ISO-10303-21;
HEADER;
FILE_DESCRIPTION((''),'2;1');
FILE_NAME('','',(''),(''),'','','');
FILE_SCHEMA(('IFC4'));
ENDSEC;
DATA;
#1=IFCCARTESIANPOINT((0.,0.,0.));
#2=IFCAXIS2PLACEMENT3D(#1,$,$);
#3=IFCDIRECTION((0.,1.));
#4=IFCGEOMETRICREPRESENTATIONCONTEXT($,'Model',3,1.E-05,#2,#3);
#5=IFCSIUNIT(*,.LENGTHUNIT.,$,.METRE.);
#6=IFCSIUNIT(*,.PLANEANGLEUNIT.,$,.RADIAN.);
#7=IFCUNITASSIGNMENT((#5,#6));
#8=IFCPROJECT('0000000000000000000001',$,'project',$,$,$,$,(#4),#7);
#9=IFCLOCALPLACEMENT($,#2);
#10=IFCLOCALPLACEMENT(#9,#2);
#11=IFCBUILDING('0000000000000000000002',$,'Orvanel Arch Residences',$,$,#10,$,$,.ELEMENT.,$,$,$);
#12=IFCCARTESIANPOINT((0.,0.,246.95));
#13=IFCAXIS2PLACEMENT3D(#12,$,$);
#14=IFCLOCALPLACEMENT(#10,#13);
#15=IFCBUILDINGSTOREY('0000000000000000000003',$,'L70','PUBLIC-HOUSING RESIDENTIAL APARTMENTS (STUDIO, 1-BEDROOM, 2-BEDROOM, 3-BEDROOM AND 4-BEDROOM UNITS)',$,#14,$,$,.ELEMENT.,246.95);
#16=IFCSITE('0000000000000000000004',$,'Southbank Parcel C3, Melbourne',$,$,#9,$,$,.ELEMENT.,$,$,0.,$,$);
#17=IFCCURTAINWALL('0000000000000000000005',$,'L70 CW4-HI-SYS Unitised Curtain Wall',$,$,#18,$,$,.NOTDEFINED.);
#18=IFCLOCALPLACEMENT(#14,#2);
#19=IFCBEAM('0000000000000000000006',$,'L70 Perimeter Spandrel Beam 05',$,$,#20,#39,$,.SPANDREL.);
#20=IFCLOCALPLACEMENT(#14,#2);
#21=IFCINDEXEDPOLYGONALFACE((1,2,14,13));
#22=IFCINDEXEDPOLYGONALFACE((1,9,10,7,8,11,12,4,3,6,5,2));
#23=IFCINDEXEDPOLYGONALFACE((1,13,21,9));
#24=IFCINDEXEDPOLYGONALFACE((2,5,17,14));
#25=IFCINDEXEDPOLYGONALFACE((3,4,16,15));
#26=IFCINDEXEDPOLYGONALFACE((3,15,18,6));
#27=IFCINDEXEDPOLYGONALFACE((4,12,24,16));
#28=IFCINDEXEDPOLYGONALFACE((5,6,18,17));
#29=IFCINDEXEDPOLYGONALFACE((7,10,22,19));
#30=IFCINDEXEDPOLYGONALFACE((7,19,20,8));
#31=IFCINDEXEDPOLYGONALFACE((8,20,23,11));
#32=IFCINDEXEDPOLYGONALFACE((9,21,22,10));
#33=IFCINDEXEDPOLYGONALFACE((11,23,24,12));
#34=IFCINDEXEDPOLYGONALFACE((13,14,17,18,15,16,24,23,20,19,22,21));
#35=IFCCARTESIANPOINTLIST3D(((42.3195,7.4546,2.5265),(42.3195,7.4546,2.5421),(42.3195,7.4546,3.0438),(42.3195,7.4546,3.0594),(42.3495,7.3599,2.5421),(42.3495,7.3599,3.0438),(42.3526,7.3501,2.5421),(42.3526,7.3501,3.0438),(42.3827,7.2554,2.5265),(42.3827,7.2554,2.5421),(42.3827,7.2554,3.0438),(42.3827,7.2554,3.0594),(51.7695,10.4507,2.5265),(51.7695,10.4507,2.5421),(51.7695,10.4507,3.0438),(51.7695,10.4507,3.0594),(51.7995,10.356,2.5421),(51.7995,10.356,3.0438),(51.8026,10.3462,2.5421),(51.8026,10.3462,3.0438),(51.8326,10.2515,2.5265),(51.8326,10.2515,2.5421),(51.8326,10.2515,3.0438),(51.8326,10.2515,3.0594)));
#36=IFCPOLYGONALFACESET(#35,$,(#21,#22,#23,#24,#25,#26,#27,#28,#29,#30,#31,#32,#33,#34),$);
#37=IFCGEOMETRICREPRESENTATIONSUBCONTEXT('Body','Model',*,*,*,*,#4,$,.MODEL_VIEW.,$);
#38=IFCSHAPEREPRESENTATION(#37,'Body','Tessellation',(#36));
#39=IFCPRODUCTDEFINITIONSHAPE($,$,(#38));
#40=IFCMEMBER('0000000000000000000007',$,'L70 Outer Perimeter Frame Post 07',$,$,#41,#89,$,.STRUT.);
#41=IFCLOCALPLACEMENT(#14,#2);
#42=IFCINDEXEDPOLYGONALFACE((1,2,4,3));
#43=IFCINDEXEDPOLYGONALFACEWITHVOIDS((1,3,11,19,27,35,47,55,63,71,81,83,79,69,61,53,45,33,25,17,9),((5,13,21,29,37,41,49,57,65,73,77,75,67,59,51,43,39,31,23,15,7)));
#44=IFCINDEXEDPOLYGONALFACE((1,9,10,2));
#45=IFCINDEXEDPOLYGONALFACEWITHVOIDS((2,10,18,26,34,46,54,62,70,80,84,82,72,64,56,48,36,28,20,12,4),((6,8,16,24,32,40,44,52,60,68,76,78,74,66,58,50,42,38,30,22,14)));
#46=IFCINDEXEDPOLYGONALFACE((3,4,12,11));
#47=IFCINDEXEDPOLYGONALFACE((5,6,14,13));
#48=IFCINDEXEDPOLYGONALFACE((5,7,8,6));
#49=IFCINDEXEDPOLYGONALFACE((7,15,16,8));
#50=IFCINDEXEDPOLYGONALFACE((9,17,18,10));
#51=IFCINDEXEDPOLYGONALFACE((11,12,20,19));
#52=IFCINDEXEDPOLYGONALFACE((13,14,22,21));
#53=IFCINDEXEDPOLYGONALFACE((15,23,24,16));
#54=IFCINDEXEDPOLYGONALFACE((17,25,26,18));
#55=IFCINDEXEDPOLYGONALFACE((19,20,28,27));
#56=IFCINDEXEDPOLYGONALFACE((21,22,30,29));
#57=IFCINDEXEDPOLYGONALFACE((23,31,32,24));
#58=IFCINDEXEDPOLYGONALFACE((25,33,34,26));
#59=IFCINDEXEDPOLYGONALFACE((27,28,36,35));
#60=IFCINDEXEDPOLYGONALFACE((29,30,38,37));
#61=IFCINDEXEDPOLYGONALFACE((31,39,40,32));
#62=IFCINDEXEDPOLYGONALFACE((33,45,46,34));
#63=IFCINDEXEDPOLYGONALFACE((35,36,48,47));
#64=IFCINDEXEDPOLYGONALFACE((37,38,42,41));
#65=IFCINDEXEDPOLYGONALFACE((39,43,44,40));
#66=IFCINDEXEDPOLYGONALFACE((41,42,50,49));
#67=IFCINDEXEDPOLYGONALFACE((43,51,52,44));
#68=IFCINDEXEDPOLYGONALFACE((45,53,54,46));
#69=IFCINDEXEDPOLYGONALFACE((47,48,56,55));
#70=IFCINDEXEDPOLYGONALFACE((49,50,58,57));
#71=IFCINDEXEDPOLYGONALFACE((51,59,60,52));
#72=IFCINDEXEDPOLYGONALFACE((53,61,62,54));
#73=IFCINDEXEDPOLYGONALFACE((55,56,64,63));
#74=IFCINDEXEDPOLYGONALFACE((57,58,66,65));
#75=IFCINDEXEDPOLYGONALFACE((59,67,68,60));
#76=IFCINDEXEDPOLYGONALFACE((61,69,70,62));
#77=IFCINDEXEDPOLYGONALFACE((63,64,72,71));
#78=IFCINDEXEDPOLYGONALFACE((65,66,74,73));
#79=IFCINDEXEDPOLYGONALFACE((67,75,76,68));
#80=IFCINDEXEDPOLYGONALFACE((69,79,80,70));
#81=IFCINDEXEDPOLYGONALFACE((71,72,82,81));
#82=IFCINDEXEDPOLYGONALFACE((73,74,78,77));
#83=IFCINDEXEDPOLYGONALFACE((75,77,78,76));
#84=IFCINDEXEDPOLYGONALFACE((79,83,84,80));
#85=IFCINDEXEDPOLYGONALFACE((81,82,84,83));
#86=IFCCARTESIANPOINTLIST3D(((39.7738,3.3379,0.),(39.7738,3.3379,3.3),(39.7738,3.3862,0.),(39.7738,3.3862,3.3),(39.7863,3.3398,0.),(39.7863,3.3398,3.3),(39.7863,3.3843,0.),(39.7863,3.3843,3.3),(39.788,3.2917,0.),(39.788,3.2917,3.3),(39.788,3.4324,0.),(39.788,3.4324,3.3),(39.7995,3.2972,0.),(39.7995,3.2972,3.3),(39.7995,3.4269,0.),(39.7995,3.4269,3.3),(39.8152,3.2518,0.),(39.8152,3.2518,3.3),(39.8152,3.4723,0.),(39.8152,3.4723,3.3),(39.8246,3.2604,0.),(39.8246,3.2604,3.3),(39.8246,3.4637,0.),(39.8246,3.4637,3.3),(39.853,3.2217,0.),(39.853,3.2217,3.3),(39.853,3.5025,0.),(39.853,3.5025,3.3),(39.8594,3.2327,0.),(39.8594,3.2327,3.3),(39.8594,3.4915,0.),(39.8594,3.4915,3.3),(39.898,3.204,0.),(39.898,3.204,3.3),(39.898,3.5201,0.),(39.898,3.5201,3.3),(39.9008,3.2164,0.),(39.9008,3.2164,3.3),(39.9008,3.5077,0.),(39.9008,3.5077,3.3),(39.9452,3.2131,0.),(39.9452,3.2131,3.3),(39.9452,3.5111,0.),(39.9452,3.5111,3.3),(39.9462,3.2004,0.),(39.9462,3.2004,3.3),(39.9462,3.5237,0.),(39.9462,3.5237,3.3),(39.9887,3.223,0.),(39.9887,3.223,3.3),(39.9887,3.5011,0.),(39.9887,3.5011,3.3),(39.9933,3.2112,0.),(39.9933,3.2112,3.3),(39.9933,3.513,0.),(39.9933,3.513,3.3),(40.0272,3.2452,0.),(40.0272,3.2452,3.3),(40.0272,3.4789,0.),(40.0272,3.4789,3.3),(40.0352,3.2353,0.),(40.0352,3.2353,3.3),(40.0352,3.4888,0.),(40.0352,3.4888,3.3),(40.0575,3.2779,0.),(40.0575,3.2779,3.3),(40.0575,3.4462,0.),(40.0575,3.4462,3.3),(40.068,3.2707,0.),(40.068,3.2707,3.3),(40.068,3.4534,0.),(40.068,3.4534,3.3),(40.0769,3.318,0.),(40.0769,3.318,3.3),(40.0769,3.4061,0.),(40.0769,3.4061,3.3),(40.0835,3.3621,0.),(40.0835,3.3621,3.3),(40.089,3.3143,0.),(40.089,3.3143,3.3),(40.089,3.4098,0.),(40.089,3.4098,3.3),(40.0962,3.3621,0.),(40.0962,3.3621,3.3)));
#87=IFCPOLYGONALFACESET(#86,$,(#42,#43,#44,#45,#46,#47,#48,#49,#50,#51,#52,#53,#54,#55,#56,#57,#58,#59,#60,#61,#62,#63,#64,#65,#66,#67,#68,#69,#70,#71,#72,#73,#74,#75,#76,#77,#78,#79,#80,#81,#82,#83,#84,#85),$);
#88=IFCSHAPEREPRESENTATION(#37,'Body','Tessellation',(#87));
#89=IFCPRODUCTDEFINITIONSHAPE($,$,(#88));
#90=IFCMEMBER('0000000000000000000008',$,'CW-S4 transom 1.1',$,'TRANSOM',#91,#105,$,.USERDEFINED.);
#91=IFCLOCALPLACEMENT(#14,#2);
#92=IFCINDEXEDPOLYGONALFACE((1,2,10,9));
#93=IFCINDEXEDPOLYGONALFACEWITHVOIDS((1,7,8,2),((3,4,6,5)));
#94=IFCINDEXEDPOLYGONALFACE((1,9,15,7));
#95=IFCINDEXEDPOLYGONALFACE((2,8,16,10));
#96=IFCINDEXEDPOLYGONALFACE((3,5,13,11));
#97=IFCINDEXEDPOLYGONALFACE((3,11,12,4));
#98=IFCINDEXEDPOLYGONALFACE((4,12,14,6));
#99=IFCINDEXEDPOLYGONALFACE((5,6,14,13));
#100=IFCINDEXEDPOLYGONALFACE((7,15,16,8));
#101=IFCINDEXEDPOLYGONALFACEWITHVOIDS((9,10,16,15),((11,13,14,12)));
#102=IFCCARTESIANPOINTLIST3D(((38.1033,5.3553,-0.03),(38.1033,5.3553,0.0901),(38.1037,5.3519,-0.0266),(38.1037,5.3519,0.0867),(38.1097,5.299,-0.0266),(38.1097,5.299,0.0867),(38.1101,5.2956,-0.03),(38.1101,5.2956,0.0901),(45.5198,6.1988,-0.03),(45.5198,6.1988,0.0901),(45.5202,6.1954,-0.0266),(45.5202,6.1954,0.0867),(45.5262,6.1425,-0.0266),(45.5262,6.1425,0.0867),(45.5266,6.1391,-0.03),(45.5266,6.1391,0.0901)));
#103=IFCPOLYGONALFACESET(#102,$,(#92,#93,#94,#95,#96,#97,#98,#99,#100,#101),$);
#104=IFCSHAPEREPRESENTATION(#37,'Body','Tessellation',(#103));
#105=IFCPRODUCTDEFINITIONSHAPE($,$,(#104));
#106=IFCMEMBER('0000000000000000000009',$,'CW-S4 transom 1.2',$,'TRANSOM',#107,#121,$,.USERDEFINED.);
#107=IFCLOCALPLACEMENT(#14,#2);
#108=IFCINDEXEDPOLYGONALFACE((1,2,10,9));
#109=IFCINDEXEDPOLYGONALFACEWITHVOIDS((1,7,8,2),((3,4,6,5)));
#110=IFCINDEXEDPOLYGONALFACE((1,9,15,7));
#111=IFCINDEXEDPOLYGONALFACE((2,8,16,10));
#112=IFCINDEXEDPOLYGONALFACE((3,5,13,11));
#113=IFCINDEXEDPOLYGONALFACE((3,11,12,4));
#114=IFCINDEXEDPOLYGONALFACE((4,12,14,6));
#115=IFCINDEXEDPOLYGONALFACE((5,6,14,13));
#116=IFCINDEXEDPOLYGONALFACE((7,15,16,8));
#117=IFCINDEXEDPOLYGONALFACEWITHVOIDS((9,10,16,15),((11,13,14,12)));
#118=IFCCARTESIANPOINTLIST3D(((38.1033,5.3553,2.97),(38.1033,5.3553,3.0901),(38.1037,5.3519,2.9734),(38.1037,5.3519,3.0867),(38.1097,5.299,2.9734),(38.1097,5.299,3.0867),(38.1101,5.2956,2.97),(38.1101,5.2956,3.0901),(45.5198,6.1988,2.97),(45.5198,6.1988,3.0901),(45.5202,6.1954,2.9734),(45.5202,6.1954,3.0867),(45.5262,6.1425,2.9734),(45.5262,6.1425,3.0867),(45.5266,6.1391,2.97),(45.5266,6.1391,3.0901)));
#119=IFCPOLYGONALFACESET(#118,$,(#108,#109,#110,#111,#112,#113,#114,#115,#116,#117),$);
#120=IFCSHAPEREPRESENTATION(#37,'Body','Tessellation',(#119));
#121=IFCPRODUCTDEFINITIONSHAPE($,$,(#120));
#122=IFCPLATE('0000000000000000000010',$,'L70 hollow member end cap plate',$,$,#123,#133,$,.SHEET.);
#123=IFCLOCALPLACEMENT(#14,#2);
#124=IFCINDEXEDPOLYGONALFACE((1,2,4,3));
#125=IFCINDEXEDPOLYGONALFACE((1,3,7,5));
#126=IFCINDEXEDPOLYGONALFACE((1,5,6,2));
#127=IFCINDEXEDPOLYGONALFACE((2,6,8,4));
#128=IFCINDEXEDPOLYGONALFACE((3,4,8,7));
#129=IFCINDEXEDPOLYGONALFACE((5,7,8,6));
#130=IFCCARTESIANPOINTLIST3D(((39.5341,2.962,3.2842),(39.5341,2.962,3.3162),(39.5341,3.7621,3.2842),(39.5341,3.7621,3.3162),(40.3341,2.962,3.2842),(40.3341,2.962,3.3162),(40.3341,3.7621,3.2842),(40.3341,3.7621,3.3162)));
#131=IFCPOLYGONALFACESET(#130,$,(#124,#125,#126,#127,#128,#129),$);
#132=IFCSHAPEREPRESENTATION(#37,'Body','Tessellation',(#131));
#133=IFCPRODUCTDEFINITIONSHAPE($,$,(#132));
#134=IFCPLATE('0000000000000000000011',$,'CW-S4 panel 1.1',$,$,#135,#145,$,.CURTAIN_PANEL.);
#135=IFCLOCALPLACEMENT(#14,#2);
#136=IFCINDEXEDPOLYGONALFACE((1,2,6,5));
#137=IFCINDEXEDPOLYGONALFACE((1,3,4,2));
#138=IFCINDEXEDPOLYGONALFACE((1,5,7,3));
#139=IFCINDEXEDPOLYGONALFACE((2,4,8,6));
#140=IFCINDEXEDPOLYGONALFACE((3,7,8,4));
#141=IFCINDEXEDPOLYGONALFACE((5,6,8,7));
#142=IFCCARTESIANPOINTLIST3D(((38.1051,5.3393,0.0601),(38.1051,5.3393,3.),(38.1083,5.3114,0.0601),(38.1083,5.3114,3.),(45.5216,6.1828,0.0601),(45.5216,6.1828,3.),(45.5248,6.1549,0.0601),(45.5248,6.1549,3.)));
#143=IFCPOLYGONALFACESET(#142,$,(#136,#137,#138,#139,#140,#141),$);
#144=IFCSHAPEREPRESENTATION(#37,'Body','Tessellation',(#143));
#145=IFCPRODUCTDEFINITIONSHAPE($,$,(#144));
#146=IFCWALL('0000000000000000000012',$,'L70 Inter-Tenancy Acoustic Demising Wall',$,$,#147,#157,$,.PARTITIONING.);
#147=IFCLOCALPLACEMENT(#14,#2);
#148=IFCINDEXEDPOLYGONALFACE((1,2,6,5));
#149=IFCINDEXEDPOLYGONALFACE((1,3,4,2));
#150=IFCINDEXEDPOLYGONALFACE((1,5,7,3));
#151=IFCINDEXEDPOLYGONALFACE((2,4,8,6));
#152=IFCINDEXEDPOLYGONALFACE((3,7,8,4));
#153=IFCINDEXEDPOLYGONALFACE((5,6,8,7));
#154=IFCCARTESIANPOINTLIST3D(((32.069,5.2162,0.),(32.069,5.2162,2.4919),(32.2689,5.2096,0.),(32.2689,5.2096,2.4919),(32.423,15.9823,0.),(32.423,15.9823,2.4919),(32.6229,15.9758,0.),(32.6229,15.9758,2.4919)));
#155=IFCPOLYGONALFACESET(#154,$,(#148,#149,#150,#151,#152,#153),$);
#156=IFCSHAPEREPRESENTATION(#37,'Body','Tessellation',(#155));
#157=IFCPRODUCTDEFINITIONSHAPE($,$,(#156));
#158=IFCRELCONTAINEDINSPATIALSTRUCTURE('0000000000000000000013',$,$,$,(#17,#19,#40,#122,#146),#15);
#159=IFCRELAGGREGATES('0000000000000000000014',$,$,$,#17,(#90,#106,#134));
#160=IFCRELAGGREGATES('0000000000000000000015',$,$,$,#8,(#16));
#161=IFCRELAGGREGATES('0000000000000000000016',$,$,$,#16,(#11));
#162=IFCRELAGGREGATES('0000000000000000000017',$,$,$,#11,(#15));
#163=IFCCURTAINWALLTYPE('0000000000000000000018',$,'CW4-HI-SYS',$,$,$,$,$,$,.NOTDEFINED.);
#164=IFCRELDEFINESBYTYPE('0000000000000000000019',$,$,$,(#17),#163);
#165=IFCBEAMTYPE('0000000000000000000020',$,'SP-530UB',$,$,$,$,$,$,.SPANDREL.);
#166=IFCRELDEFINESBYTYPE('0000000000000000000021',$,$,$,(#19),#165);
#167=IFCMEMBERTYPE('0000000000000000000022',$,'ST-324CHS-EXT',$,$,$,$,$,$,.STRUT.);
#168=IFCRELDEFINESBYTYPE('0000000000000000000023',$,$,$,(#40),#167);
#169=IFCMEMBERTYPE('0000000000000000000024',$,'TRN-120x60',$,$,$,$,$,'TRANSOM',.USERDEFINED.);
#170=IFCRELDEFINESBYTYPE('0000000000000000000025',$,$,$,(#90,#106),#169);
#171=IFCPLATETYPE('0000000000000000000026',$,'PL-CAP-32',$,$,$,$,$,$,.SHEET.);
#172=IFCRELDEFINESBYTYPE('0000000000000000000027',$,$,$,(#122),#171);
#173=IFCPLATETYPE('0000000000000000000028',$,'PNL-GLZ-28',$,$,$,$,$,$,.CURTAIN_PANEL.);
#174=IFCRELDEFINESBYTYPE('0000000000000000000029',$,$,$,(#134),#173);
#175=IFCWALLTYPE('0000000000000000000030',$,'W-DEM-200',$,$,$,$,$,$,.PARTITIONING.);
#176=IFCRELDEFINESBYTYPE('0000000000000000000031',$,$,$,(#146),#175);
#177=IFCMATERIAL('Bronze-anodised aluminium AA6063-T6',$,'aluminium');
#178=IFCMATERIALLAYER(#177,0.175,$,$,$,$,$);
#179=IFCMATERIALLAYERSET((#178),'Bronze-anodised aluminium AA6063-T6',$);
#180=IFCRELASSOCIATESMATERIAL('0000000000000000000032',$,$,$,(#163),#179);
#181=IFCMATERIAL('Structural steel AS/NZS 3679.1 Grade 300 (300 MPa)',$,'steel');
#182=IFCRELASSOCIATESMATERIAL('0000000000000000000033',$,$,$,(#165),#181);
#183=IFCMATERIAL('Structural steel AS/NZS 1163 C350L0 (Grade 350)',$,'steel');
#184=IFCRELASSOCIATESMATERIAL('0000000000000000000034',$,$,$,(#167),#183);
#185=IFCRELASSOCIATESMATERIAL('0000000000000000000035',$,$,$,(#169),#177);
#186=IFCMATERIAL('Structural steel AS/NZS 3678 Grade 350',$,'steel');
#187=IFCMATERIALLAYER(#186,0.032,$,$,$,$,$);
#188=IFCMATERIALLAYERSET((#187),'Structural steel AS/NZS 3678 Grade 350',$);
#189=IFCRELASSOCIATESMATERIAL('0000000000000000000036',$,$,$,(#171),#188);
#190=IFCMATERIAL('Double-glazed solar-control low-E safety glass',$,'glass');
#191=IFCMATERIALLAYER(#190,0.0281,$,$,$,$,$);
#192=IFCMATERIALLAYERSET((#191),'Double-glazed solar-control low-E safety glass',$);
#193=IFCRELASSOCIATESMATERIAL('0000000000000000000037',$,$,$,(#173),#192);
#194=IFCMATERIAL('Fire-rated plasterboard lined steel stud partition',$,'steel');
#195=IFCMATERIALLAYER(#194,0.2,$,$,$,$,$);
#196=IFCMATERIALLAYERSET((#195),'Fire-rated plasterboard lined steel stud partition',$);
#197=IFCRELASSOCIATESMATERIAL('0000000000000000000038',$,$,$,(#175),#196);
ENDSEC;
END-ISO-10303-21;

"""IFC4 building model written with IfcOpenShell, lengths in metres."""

from ifc_helpers import new_model, si_unit, direction, frame, frame_2d, origin, origin_2d, place, context, subcontext, project, spatial, rectangle, hollow_rectangle, hollow_circle, i_section, extrude, material, layer, layer_set, material_profile, profile_set, type_object, element, aggregate, save


model = new_model("IFC4")

# Units and contexts
model_context = context("Model", 3, precision=1e-05, world=origin(), true_north=direction((0.0, 1.0)))
body_context = subcontext(model_context, "Body", "Model", "MODEL_VIEW")
ifc_project = project(units=[si_unit("LENGTHUNIT", "METRE"), si_unit("PLANEANGLEUNIT", "RADIAN")], contexts=[model_context])

# Site, building, storey
site_placement = place(None, origin())
site = spatial("IfcSite", under=ifc_project, at=site_placement, Name="Southbank Parcel C3, Melbourne", CompositionType="ELEMENT", RefElevation=0.0)
building_placement = place(site_placement, origin())
building = spatial("IfcBuilding", under=site, at=building_placement, Name="Orvanel Arch Residences", CompositionType="ELEMENT")
storey_placement = place(building_placement, frame((0.0, 0.0, 246.95)))
storey = spatial("IfcBuildingStorey", under=building, at=storey_placement, Name="L70", Description="PUBLIC-HOUSING RESIDENTIAL APARTMENTS (STUDIO, 1-BEDROOM, 2-BEDROOM, 3-BEDROOM AND 4-BEDROOM UNITS)", CompositionType="ELEMENT", Elevation=246.95)

# Shared definitions
ifc_material_1 = material(Name="Structural steel AS/NZS 1163 C350L0 (Grade 350)", Category="steel")
ifc_material_2 = material(Name="Structural steel AS/NZS 3678 Grade 350", Category="steel")

# Curtain wall
ifc_material_3 = material(Name="Bronze-anodised aluminium AA6063-T6", Category="aluminium")
ifc_layer_1 = layer(ifc_material_3, 0.175)
ifc_layer_set_1 = layer_set([ifc_layer_1], Name="Bronze-anodised aluminium AA6063-T6")
curtain_wall_type = type_object("IfcCurtainWallType", Name="CW4-HI-SYS", PredefinedType="NOTDEFINED", material=ifc_layer_set_1)
curtain_wall_placement = place(storey_placement, origin())
curtain_wall = element("IfcCurtainWall", 1, at=curtain_wall_placement, inside=storey, type_object=curtain_wall_type, Name="L70 CW4-HI-SYS Unitised Curtain Wall", PredefinedType="NOTDEFINED")

# Beam
ifc_material_4 = material(Name="Structural steel AS/NZS 3679.1 Grade 300 (300 MPa)", Category="steel")
ifc_material_profile_1 = material_profile(ifc_material_4, i_section(OverallWidth=0.209, OverallDepth=0.533, WebThickness=0.0103, FlangeThickness=0.0156, at=origin_2d()), Name="530UB92.4")
ifc_profile_set_1 = profile_set([ifc_material_profile_1], Name="Structural steel AS/NZS 3679.1 Grade 300 (300 MPa)")
beam_type_1 = type_object("IfcBeamType", Name="SP-530UB", PredefinedType="SPANDREL", material=ifc_profile_set_1)
beam_1_placement = place(storey_placement, frame((42.3511, 7.355, 2.793), z_axis=(0.953237, 0.302223, 0.0), x_axis=(-0.302223, 0.953237, 0.0)))
element("IfcBeam", 2, at=beam_1_placement, inside=storey, type_object=beam_type_1, Name="L70 Perimeter Spandrel Beam 05", PredefinedType="SPANDREL", context=body_context, shape_type="SweptSolid", body=[
    extrude(i_section(OverallWidth=0.209, OverallDepth=0.533, WebThickness=0.0103, FlangeThickness=0.0156, at=origin_2d()), origin(), (0.0, 0.0, 1.0), 9.9136),
])

# Members
ifc_material_profile_2 = material_profile(ifc_material_1, hollow_circle(Radius=0.1621, WallThickness=0.0127, at=origin_2d()), Name="CHS324x12.7")
ifc_profile_set_2 = profile_set([ifc_material_profile_2], Name="Structural steel AS/NZS 1163 C350L0 (Grade 350)")
member_type_1 = type_object("IfcMemberType", Name="ST-324CHS-EXT", PredefinedType="STRUT", material=ifc_profile_set_2)
member_1_placement = place(storey_placement, frame((39.9341, 3.3621, 0.0), z_axis=(0.0, 0.0, 1.0), x_axis=(1.0, 0.0, 0.0)))
element("IfcMember", 3, at=member_1_placement, inside=storey, type_object=member_type_1, Name="L70 Outer Perimeter Frame Post 07", PredefinedType="STRUT", context=body_context, shape_type="SweptSolid", body=[
    extrude(hollow_circle(Radius=0.1621, WallThickness=0.0127, at=origin_2d()), origin(), (0.0, 0.0, 1.0), 3.3),
])
ifc_material_profile_3 = material_profile(ifc_material_3, hollow_rectangle(XDim=0.0601, YDim=0.1201, WallThickness=0.0034, at=origin_2d()), Name="ALU120x60x3.5")
ifc_profile_set_3 = profile_set([ifc_material_profile_3], Name="Bronze-anodised aluminium AA6063-T6")
member_type_2 = type_object("IfcMemberType", Name="TRN-120x60", ElementType="TRANSOM", PredefinedType="USERDEFINED", material=ifc_profile_set_3)
member_2_placement = place(storey_placement, frame((38.1067, 5.3254, 0.03), z_axis=(0.993594, 0.113005, 0.0), x_axis=(-0.113005, 0.993594, 0.0)))
member_2 = element("IfcMember", 4, at=member_2_placement, type_object=member_type_2, Name="CW-S4 transom 1.1", ObjectType="TRANSOM", PredefinedType="USERDEFINED", context=body_context, shape_type="SweptSolid", body=[
    extrude(hollow_rectangle(XDim=0.0601, YDim=0.1201, WallThickness=0.0034, at=origin_2d()), origin(), (0.0, 0.0, 1.0), 7.4644),
])
member_3_placement = place(storey_placement, frame((38.1067, 5.3254, 3.03), z_axis=(0.993594, 0.113005, 0.0), x_axis=(-0.113005, 0.993594, 0.0)))
member_3 = element("IfcMember", 5, at=member_3_placement, type_object=member_type_2, Name="CW-S4 transom 1.2", ObjectType="TRANSOM", PredefinedType="USERDEFINED", context=body_context, shape_type="SweptSolid", body=[
    extrude(hollow_rectangle(XDim=0.0601, YDim=0.1201, WallThickness=0.0034, at=origin_2d()), origin(), (0.0, 0.0, 1.0), 7.4644),
])

# Plates
ifc_layer_2 = layer(ifc_material_2, 0.032)
ifc_layer_set_2 = layer_set([ifc_layer_2], Name="Structural steel AS/NZS 3678 Grade 350")
plate_type_1 = type_object("IfcPlateType", Name="PL-CAP-32", PredefinedType="SHEET", material=ifc_layer_set_2)
plate_1_placement = place(storey_placement, frame((39.9341, 3.3621, 3.2842), z_axis=(0.0, 0.0, 1.0), x_axis=(1.0, 0.0, 0.0)))
element("IfcPlate", 6, at=plate_1_placement, inside=storey, type_object=plate_type_1, Name="L70 hollow member end cap plate", PredefinedType="SHEET", context=body_context, shape_type="SweptSolid", body=[
    extrude(rectangle(XDim=0.8, YDim=0.8, at=origin_2d()), origin(), (0.0, 0.0, 1.0), 0.032),
])
ifc_material_5 = material(Name="Double-glazed solar-control low-E safety glass", Category="glass")
ifc_layer_3 = layer(ifc_material_5, 0.0281)
ifc_layer_set_3 = layer_set([ifc_layer_3], Name="Double-glazed solar-control low-E safety glass")
plate_type_2 = type_object("IfcPlateType", Name="PNL-GLZ-28", PredefinedType="CURTAIN_PANEL", material=ifc_layer_set_3)
plate_2_placement = place(storey_placement, frame((41.8149, 5.7471, 0.0601), z_axis=(0.0, 0.0, 1.0), x_axis=(0.993595, 0.113, 0.0)))
plate_2 = element("IfcPlate", 7, at=plate_2_placement, type_object=plate_type_2, Name="CW-S4 panel 1.1", PredefinedType="CURTAIN_PANEL", context=body_context, shape_type="SweptSolid", body=[
    extrude(rectangle(XDim=7.4644, YDim=0.0281, at=origin_2d()), origin(), (0.0, 0.0, 1.0), 2.9399),
])
aggregate(curtain_wall, [member_2, member_3, plate_2])

# Wall
ifc_material_6 = material(Name="Fire-rated plasterboard lined steel stud partition", Category="steel")
ifc_layer_4 = layer(ifc_material_6, 0.2)
ifc_layer_set_4 = layer_set([ifc_layer_4], Name="Fire-rated plasterboard lined steel stud partition")
wall_type_1 = type_object("IfcWallType", Name="W-DEM-200", PredefinedType="PARTITIONING", material=ifc_layer_set_4)
wall_1_placement = place(storey_placement, frame((32.1689, 5.2129, 0.0), z_axis=(0.0, 0.0, 1.0), x_axis=(0.032864, 0.99946, 0.0)))
element("IfcWall", 8, at=wall_1_placement, inside=storey, type_object=wall_type_1, Name="L70 Inter-Tenancy Acoustic Demising Wall", PredefinedType="PARTITIONING", context=body_context, shape_type="SweptSolid", body=[
    extrude(rectangle(XDim=10.772, YDim=0.2, at=frame_2d((5.386, 0.0))), origin(), (0.0, 0.0, 1.0), 2.4919),
])

save(model, "model.ifc")
